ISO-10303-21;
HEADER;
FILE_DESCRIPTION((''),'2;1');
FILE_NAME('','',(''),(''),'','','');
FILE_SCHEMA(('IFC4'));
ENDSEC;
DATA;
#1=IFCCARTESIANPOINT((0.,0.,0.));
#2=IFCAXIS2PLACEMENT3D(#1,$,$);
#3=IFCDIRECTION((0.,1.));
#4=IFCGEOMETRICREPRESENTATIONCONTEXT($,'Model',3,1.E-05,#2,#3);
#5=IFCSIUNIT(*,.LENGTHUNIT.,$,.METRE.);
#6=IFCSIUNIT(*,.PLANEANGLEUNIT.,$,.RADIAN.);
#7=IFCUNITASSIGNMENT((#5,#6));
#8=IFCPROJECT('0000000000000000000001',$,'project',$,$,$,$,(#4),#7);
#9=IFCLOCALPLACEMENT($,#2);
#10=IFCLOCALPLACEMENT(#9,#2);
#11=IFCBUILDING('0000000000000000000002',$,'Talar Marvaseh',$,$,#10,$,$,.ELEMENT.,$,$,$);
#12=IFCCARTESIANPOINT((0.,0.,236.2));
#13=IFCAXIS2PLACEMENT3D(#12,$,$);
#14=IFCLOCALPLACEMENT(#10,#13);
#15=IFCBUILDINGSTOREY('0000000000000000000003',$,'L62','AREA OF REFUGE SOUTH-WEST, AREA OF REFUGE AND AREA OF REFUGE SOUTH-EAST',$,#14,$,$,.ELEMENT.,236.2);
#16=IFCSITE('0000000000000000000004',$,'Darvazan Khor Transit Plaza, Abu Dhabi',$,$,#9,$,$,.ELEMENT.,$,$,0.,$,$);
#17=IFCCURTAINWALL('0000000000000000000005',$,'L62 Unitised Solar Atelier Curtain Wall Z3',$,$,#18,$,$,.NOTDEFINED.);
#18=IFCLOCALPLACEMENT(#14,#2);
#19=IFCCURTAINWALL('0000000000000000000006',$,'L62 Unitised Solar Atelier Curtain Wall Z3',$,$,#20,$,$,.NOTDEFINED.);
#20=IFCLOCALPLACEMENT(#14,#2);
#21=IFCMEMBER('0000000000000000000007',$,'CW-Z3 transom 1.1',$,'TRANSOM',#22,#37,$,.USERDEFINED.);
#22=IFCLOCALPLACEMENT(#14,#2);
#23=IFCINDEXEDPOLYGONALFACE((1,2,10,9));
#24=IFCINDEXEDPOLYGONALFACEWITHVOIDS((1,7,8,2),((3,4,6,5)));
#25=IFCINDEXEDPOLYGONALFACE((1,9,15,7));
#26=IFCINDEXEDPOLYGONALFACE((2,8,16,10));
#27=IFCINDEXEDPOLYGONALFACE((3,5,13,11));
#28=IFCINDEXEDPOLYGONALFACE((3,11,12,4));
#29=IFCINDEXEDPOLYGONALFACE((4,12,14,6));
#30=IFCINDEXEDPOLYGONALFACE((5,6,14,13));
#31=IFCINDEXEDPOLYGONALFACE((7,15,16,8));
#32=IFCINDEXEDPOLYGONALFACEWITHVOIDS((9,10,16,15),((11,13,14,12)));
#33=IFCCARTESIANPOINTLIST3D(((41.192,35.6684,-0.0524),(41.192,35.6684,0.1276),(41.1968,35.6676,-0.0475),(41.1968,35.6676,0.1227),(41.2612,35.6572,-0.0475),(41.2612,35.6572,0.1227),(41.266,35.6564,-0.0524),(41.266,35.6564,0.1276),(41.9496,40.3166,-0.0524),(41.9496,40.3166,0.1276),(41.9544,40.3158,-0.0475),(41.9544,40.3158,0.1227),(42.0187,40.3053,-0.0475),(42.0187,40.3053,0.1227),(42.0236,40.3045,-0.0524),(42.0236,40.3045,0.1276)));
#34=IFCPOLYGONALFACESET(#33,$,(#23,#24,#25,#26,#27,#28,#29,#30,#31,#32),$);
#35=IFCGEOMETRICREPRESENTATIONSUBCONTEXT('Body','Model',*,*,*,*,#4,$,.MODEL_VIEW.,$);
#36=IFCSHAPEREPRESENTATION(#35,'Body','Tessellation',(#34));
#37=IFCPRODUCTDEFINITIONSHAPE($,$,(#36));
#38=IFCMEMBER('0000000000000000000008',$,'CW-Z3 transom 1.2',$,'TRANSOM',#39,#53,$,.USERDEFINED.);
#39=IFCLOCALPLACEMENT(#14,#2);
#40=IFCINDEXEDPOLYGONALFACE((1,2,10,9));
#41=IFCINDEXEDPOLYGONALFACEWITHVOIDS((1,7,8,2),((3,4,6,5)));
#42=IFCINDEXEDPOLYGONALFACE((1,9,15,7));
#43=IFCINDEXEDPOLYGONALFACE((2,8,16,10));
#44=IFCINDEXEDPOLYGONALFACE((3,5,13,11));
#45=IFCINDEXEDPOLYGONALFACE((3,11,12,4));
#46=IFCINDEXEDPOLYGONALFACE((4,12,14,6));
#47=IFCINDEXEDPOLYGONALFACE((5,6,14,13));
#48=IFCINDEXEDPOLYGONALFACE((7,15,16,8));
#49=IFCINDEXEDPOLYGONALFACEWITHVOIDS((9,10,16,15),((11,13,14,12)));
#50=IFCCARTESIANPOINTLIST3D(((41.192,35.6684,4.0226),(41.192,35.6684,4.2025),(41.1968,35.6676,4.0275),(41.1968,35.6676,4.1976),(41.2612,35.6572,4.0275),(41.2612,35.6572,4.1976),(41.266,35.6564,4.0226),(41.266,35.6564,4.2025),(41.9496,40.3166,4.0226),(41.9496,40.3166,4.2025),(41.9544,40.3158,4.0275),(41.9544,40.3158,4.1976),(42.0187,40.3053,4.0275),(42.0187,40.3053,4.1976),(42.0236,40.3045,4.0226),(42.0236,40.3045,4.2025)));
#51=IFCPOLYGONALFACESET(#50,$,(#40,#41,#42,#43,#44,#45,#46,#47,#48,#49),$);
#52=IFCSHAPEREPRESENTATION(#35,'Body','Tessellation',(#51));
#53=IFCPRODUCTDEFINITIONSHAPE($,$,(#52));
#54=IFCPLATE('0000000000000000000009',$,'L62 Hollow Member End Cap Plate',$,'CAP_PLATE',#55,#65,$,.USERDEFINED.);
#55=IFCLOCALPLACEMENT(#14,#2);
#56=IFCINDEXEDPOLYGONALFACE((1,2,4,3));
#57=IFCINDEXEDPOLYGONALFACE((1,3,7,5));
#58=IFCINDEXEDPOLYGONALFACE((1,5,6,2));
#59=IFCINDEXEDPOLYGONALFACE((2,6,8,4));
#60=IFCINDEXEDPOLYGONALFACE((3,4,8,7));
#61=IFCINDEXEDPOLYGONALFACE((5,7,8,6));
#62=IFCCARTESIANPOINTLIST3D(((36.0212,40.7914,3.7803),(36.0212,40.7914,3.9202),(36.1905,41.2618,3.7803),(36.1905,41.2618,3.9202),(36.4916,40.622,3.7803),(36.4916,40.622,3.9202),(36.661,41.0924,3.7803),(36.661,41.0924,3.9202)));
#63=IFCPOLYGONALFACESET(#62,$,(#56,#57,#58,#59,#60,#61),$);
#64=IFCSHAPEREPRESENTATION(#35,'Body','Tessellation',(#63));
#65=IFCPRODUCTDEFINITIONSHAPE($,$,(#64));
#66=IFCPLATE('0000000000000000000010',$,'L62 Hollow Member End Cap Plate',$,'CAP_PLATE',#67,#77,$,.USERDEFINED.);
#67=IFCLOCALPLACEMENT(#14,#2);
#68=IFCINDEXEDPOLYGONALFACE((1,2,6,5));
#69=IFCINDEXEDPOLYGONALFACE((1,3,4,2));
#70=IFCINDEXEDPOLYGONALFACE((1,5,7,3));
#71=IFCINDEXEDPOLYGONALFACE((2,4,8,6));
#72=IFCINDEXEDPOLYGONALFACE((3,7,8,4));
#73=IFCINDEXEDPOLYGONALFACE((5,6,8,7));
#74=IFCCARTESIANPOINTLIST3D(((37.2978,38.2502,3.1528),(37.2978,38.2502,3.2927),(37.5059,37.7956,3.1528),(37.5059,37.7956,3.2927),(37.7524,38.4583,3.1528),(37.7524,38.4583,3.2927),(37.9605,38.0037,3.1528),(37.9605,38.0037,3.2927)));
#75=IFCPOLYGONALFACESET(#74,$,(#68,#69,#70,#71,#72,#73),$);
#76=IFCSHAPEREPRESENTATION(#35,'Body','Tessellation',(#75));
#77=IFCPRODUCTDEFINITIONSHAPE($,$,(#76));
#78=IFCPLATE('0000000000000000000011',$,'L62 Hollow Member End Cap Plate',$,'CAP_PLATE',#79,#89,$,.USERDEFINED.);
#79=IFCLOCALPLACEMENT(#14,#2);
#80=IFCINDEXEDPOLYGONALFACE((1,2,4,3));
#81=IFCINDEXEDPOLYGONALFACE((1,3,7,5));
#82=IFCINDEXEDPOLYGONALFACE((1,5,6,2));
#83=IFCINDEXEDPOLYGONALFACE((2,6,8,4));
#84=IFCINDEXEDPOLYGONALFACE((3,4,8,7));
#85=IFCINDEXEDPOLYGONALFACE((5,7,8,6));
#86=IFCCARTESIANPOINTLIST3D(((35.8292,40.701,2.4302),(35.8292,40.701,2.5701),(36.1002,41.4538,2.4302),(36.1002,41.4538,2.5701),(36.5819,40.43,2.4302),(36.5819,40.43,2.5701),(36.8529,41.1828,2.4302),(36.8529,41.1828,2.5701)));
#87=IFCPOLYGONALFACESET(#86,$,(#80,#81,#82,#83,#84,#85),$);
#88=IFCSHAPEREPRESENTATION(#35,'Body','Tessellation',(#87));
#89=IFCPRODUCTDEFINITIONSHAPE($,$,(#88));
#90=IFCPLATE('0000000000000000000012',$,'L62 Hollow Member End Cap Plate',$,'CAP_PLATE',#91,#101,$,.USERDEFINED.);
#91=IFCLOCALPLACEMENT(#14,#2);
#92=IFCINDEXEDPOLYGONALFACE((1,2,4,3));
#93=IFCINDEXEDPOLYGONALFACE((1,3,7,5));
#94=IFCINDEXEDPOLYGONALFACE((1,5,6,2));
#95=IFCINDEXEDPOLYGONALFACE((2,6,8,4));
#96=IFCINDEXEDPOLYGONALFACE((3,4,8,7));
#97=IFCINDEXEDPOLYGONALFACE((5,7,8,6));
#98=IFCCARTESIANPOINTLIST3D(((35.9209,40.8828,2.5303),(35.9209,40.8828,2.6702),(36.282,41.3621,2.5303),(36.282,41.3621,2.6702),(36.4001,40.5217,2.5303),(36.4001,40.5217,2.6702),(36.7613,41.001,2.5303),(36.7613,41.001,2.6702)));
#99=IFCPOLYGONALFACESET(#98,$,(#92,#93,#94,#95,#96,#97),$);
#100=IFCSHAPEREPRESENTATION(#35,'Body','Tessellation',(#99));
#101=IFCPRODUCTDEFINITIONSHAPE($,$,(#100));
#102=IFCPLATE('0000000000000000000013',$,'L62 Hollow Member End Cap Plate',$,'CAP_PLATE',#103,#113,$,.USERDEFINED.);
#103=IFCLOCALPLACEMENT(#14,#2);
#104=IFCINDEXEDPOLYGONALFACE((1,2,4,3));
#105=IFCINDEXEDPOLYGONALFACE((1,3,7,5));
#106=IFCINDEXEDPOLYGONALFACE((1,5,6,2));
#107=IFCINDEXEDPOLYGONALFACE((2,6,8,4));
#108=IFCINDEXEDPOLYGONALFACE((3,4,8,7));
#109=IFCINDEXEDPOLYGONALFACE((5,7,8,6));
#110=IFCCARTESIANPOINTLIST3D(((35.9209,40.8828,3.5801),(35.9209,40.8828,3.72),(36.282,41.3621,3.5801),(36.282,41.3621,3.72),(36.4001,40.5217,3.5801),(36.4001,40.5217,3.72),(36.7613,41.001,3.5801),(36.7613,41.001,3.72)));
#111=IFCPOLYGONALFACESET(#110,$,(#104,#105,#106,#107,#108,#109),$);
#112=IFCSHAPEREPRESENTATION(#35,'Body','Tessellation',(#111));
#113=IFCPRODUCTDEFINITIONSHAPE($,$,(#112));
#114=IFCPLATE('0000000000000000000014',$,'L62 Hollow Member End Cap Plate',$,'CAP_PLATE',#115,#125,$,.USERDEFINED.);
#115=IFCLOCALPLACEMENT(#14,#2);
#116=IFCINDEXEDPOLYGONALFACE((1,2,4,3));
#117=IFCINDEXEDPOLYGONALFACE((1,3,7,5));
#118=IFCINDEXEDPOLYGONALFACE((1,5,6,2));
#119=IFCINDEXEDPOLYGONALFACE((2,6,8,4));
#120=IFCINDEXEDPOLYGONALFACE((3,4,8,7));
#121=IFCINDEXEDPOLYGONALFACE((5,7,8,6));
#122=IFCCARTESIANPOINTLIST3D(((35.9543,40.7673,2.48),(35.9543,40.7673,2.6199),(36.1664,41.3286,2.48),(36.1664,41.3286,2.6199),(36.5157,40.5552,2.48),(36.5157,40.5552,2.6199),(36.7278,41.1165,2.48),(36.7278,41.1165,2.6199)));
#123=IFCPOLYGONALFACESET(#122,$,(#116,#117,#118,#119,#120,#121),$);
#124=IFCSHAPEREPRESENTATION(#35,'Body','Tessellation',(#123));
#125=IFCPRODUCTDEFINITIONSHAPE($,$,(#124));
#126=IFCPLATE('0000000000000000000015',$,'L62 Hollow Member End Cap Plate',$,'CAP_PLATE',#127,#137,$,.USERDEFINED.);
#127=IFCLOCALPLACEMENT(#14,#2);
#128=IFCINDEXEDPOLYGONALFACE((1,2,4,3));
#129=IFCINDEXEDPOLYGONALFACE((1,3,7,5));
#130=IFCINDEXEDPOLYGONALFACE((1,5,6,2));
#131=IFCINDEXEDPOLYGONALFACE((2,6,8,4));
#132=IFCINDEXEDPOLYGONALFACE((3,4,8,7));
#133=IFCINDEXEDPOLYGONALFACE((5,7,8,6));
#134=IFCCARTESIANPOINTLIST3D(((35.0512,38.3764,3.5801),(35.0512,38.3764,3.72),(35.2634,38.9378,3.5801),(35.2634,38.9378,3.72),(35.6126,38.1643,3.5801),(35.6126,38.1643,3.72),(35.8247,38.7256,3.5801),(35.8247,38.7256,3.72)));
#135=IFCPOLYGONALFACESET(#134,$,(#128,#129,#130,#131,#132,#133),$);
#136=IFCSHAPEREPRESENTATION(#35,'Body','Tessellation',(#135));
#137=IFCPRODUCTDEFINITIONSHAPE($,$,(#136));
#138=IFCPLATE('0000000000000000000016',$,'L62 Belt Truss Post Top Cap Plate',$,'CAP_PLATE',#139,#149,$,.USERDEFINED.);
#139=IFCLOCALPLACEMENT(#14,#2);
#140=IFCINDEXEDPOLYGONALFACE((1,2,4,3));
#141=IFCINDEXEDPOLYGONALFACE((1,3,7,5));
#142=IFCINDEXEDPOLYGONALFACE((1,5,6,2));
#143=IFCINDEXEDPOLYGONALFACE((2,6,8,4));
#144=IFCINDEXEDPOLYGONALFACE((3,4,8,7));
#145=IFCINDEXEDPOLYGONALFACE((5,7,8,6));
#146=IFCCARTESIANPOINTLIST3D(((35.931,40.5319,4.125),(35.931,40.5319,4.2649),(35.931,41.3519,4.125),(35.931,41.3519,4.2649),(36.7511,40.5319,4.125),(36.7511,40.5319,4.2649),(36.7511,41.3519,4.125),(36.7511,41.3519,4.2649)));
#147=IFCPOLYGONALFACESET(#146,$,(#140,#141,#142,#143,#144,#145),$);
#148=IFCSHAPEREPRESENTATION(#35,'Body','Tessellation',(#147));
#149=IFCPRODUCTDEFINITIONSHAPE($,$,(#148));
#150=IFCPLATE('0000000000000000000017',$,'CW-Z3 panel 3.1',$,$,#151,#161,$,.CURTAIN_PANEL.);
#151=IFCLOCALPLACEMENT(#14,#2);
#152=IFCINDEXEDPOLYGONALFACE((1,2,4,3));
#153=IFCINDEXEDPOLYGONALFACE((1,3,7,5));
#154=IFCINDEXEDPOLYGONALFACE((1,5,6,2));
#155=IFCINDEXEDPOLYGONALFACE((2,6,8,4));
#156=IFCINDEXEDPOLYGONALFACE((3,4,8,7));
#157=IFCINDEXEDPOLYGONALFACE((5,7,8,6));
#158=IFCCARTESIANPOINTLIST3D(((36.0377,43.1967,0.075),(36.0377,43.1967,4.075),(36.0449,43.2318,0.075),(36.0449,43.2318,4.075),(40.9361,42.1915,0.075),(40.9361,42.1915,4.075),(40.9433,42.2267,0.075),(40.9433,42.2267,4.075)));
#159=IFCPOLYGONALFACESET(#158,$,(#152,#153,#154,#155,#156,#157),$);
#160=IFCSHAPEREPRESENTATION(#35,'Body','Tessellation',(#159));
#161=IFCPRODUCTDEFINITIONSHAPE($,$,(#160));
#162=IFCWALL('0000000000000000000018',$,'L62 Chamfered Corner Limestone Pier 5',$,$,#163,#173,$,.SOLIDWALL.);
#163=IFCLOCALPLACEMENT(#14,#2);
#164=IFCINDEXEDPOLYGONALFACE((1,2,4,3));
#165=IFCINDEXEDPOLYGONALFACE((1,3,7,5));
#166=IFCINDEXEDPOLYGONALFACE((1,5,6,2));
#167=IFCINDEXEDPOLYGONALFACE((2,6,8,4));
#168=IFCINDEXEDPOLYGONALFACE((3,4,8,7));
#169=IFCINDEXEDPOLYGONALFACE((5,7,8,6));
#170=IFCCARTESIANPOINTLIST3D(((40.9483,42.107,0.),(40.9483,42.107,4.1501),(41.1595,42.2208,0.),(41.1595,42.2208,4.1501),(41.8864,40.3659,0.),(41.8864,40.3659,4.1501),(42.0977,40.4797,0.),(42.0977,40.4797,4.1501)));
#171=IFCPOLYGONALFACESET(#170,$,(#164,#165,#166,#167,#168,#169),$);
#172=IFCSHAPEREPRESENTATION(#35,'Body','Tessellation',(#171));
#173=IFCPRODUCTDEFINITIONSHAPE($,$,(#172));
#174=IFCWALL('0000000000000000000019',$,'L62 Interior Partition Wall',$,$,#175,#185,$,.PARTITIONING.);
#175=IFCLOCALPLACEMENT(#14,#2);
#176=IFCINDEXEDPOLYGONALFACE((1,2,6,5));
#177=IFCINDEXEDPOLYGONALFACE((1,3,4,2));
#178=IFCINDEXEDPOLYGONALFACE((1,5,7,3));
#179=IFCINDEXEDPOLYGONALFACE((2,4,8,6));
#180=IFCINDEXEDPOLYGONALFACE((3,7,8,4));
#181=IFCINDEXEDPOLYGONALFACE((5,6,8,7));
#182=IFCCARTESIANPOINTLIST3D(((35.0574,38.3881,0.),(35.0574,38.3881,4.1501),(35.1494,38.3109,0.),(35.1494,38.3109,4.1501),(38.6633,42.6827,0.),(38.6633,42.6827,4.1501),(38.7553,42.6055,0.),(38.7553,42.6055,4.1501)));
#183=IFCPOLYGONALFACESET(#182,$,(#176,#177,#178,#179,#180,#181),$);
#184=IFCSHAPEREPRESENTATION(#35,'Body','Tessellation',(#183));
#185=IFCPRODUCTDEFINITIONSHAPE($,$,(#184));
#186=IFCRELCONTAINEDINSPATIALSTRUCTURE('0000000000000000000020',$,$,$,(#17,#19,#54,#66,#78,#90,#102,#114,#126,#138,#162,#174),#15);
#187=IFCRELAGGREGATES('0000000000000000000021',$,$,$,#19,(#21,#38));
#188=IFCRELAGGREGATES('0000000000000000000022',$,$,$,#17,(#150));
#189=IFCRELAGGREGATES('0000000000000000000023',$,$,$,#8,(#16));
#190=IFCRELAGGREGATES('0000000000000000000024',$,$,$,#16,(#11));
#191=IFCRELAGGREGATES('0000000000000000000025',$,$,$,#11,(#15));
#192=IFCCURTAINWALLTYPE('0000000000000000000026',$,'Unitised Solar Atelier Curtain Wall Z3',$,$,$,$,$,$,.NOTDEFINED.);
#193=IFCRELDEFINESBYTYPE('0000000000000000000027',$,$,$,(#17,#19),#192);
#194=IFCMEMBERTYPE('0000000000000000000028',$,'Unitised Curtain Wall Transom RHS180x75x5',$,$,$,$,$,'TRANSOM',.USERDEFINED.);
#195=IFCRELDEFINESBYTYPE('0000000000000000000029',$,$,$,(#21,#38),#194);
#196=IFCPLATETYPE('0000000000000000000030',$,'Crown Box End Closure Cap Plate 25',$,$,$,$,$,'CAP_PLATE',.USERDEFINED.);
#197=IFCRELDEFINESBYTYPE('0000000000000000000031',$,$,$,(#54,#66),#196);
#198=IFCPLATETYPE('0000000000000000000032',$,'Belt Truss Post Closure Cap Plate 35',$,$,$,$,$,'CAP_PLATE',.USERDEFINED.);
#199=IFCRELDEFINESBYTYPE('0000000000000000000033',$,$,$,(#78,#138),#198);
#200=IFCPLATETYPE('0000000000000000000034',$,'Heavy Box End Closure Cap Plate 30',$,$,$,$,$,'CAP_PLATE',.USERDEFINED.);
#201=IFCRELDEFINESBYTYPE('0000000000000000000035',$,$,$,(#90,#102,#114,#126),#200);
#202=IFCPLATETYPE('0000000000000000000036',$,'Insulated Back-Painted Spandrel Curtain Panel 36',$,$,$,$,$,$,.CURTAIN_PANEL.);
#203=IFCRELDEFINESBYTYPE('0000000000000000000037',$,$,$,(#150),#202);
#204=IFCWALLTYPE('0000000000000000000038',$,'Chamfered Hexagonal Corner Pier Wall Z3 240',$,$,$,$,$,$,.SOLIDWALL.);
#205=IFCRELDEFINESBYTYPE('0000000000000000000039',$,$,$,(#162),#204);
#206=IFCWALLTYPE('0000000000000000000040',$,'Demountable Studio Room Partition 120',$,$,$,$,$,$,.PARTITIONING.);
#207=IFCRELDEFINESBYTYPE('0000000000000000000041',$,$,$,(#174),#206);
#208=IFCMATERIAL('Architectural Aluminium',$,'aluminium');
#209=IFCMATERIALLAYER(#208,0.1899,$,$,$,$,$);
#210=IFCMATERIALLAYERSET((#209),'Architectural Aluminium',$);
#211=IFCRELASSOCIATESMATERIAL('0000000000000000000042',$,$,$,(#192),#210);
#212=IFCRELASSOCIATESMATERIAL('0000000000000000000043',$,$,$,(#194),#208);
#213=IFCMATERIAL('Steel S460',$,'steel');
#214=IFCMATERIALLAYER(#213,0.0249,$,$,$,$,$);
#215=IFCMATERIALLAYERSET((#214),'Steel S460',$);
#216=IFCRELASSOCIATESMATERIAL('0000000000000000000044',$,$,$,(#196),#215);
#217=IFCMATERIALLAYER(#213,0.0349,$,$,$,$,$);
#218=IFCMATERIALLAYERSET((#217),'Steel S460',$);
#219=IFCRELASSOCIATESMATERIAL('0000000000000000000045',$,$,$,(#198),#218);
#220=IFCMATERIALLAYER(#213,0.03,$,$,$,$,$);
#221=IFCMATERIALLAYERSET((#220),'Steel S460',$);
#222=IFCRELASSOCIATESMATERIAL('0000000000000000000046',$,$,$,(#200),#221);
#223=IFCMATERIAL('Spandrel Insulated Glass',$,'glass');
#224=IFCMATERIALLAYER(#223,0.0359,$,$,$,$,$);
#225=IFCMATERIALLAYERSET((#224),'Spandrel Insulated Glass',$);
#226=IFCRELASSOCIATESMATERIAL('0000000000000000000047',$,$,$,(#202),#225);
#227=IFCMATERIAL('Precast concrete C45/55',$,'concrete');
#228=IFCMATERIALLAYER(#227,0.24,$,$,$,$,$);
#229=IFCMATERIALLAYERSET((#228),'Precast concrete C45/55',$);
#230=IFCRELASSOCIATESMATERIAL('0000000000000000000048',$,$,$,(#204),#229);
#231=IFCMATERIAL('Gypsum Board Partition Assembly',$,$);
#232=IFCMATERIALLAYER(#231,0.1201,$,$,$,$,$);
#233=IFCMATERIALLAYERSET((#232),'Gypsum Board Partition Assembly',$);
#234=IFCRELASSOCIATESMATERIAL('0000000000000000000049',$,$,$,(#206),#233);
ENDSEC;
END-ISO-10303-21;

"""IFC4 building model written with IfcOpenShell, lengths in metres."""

from ifc_helpers import new_model, si_unit, direction, frame, frame_2d, origin, origin_2d, place, context, subcontext, project, spatial, rectangle, hollow_rectangle, extrude, source, transform, mapped, material, layer, layer_set, material_profile, profile_set, type_object, type_shapes, element, aggregate, save


model = new_model("IFC4")

# Units and contexts
model_context = context("Model", 3, precision=1e-05, world=origin(), true_north=direction((0.0, 1.0)))
body_context = subcontext(model_context, "Body", "Model", "MODEL_VIEW")
ifc_project = project(units=[si_unit("LENGTHUNIT", "METRE"), si_unit("PLANEANGLEUNIT", "RADIAN")], contexts=[model_context])

# Site, building, storey
site_placement = place(None, origin())
site = spatial("IfcSite", under=ifc_project, at=site_placement, Name="Darvazan Khor Transit Plaza, Abu Dhabi", CompositionType="ELEMENT", RefElevation=0.0)
building_placement = place(site_placement, origin())
building = spatial("IfcBuilding", under=site, at=building_placement, Name="Talar Marvaseh", CompositionType="ELEMENT")
storey_placement = place(building_placement, frame((0.0, 0.0, 236.2)))
storey = spatial("IfcBuildingStorey", under=building, at=storey_placement, Name="L62", Description="AREA OF REFUGE SOUTH-WEST, AREA OF REFUGE AND AREA OF REFUGE SOUTH-EAST", CompositionType="ELEMENT", Elevation=236.2)

# Shared definitions
ifc_material_1 = material(Name="Steel S460", Category="steel")

# Curtain wall
ifc_material_2 = material(Name="Architectural Aluminium", Category="aluminium")
ifc_layer_1 = layer(ifc_material_2, 0.1899)
ifc_layer_set_1 = layer_set([ifc_layer_1], Name="Architectural Aluminium")
curtain_wall_type = type_object("IfcCurtainWallType", Name="Unitised Solar Atelier Curtain Wall Z3", PredefinedType="NOTDEFINED", material=ifc_layer_set_1)
curtain_wall_1_placement = place(storey_placement, origin())
curtain_wall_1 = element("IfcCurtainWall", 1, at=curtain_wall_1_placement, inside=storey, type_object=curtain_wall_type, Name="L62 Unitised Solar Atelier Curtain Wall Z3", PredefinedType="NOTDEFINED")

# Curtain wall
curtain_wall_2_placement = place(storey_placement, origin())
curtain_wall_2 = element("IfcCurtainWall", 2, at=curtain_wall_2_placement, inside=storey, type_object=curtain_wall_type, Name="L62 Unitised Solar Atelier Curtain Wall Z3", PredefinedType="NOTDEFINED")

# Members
ifc_material_profile_1 = material_profile(ifc_material_2, hollow_rectangle(XDim=0.075, YDim=0.1799, WallThickness=0.0049, at=origin_2d()), Name="RHS180x75x5")
ifc_profile_set_1 = profile_set([ifc_material_profile_1], Name="Architectural Aluminium")
member_type_1 = type_object("IfcMemberType", Name="Unitised Curtain Wall Transom RHS180x75x5", ElementType="TRANSOM", PredefinedType="USERDEFINED", material=ifc_profile_set_1)
shared_shape_1 = source(origin(), body_context, "Body", "SweptSolid", [
    extrude(hollow_rectangle(XDim=0.075, YDim=0.1799, WallThickness=0.0049, at=origin_2d()), origin(), (0.0, 0.0, 1.0), 4.7095),
])
member_1_placement = place(storey_placement, frame((41.9866, 40.3105, 0.0376), z_axis=(-0.160859, -0.986977, 0.0), x_axis=(0.986977, -0.160859, 0.0)))
member_1 = element("IfcMember", 3, at=member_1_placement, type_object=member_type_1, Name="CW-Z3 transom 1.1", ObjectType="TRANSOM", PredefinedType="USERDEFINED", context=body_context, shape_type="MappedRepresentation", body=[
    mapped(shared_shape_1, transform((0.0, 0.0, 0.0), x_axis=(1.0, 0.0, 0.0), y_axis=(0.0, 1.0, 0.0), z_axis=(0.0, 0.0, 1.0), scale=1.0)),
])
member_2_placement = place(storey_placement, frame((41.9866, 40.3105, 4.1125), z_axis=(-0.160859, -0.986977, 0.0), x_axis=(0.986977, -0.160859, 0.0)))
member_2 = element("IfcMember", 4, at=member_2_placement, type_object=member_type_1, Name="CW-Z3 transom 1.2", ObjectType="TRANSOM", PredefinedType="USERDEFINED", context=body_context, shape_type="MappedRepresentation", body=[
    mapped(shared_shape_1, transform((0.0, 0.0, 0.0), x_axis=(1.0, 0.0, 0.0), y_axis=(0.0, 1.0, 0.0), z_axis=(0.0, 0.0, 1.0), scale=1.0)),
])
aggregate(curtain_wall_2, [member_1, member_2])

# Plates
ifc_layer_2 = layer(ifc_material_1, 0.0249)
ifc_layer_set_2 = layer_set([ifc_layer_2], Name="Steel S460")
plate_type_1 = type_object("IfcPlateType", Name="Crown Box End Closure Cap Plate 25", ElementType="CAP_PLATE", PredefinedType="USERDEFINED", material=ifc_layer_set_2)
shared_shape_2 = source(origin(), body_context, "Body", "SweptSolid", [
    extrude(rectangle(XDim=0.5, YDim=0.5, at=origin_2d()), origin(), (0.0, 0.0, 1.0), 0.1399),
])
type_shapes(plate_type_1, [shared_shape_2])
for number, where, z_axis, x_axis, name in (
    (5, (36.3411, 40.9419, 3.7803), (0.0, 0.0, 1.0), (0.940881, -0.338738, 0.0), "L62 Hollow Member End Cap Plate"),
    (6, (37.6292, 38.127, 3.1528), (0.0, 0.0, 1.0), (-0.416281, 0.909236, 0.0), "L62 Hollow Member End Cap Plate"),
):
    element("IfcPlate", number, at=place(storey_placement, frame(where, z_axis=z_axis, x_axis=x_axis)), inside=storey, type_object=plate_type_1, Name=name, ObjectType="CAP_PLATE", PredefinedType="USERDEFINED", context=body_context, shape_type="MappedRepresentation", body=[
        mapped(shared_shape_2, transform((0.0, 0.0, 0.0), x_axis=(1.0, 0.0, 0.0), y_axis=(0.0, 1.0, 0.0), z_axis=(0.0, 0.0, 1.0), scale=1.0)),
    ])
ifc_layer_3 = layer(ifc_material_1, 0.0349)
ifc_layer_set_3 = layer_set([ifc_layer_3], Name="Steel S460")
plate_type_2 = type_object("IfcPlateType", Name="Belt Truss Post Closure Cap Plate 35", ElementType="CAP_PLATE", PredefinedType="USERDEFINED", material=ifc_layer_set_3)
shared_shape_3 = source(origin(), body_context, "Body", "SweptSolid", [
    extrude(rectangle(XDim=0.8, YDim=0.8, at=origin_2d()), origin(), (0.0, 0.0, 1.0), 0.1399),
])
plate_1_placement = place(storey_placement, frame((36.3411, 40.9419, 2.4302), z_axis=(0.0, 0.0, 1.0), x_axis=(0.940881, -0.338738, 0.0)))
element("IfcPlate", 7, at=plate_1_placement, inside=storey, type_object=plate_type_2, Name="L62 Hollow Member End Cap Plate", ObjectType="CAP_PLATE", PredefinedType="USERDEFINED", context=body_context, shape_type="MappedRepresentation", body=[
    mapped(shared_shape_3, transform((0.0, 0.0, 0.0), x_axis=(1.0, 0.0, 0.0), y_axis=(0.0, 1.0, 0.0), z_axis=(0.0, 0.0, 1.0), scale=1.0)),
])
ifc_layer_4 = layer(ifc_material_1, 0.03)
ifc_layer_set_4 = layer_set([ifc_layer_4], Name="Steel S460")
plate_type_3 = type_object("IfcPlateType", Name="Heavy Box End Closure Cap Plate 30", ElementType="CAP_PLATE", PredefinedType="USERDEFINED", material=ifc_layer_set_4)
shared_shape_4 = source(origin(), body_context, "Body", "SweptSolid", [
    extrude(rectangle(XDim=0.6001, YDim=0.6001, at=origin_2d()), origin(), (0.0, 0.0, 1.0), 0.1399),
])
type_shapes(plate_type_3, [shared_shape_4])
for number, where, z_axis, x_axis, name in (
    (8, (36.3411, 40.9419, 2.5303), (0.0, 0.0, 1.0), (0.601815, 0.798636, 0.0), "L62 Hollow Member End Cap Plate"),
    (9, (36.3411, 40.9419, 3.5801), (0.0, 0.0, 1.0), (0.601815, 0.798636, 0.0), "L62 Hollow Member End Cap Plate"),
    (10, (36.3411, 40.9419, 2.48), (0.0, 0.0, 1.0), (-0.353475, -0.935444, 0.0), "L62 Hollow Member End Cap Plate"),
    (11, (35.438, 38.551, 3.5801), (0.0, 0.0, 1.0), (-0.353475, -0.935444, 0.0), "L62 Hollow Member End Cap Plate"),
):
    element("IfcPlate", number, at=place(storey_placement, frame(where, z_axis=z_axis, x_axis=x_axis)), inside=storey, type_object=plate_type_3, Name=name, ObjectType="CAP_PLATE", PredefinedType="USERDEFINED", context=body_context, shape_type="MappedRepresentation", body=[
        mapped(shared_shape_4, transform((0.0, 0.0, 0.0), x_axis=(1.0, 0.0, 0.0), y_axis=(0.0, 1.0, 0.0), z_axis=(0.0, 0.0, 1.0), scale=1.0)),
    ])
shared_shape_5 = source(origin(), body_context, "Body", "SweptSolid", [
    extrude(rectangle(XDim=0.8201, YDim=0.8201, at=origin_2d()), origin(), (0.0, 0.0, 1.0), 0.1399),
])
type_shapes(plate_type_2, [shared_shape_3, shared_shape_5])
plate_2_placement = place(storey_placement, frame((36.3411, 40.9419, 4.125), z_axis=(0.0, 0.0, 1.0), x_axis=(1.0, 0.0, 0.0)))
element("IfcPlate", 12, at=plate_2_placement, inside=storey, type_object=plate_type_2, Name="L62 Belt Truss Post Top Cap Plate", ObjectType="CAP_PLATE", PredefinedType="USERDEFINED", context=body_context, shape_type="MappedRepresentation", body=[
    mapped(shared_shape_5, transform((0.0, 0.0, 0.0), x_axis=(1.0, 0.0, 0.0), y_axis=(0.0, 1.0, 0.0), z_axis=(0.0, 0.0, 1.0), scale=1.0)),
])

# Plate
ifc_material_3 = material(Name="Spandrel Insulated Glass", Category="glass")
ifc_layer_5 = layer(ifc_material_3, 0.0359)
ifc_layer_set_5 = layer_set([ifc_layer_5], Name="Spandrel Insulated Glass")
plate_type_4 = type_object("IfcPlateType", Name="Insulated Back-Painted Spandrel Curtain Panel 36", PredefinedType="CURTAIN_PANEL", material=ifc_layer_set_5)
shared_shape_6 = source(origin(), body_context, "Body", "SweptSolid", [
    extrude(rectangle(XDim=5.0005, YDim=0.0359, at=origin_2d()), origin(), (0.0, 0.0, 1.0), 4.0),
])
type_shapes(plate_type_4, [shared_shape_6])
plate_3_placement = place(storey_placement, frame((38.4905, 42.7117, 0.075), z_axis=(0.0, 0.0, 1.0), x_axis=(0.979589, -0.201011, 0.0)))
plate_3 = element("IfcPlate", 13, at=plate_3_placement, type_object=plate_type_4, Name="CW-Z3 panel 3.1", PredefinedType="CURTAIN_PANEL", context=body_context, shape_type="MappedRepresentation", body=[
    mapped(shared_shape_6, transform((0.0, 0.0, 0.0), x_axis=(1.0, 0.0, 0.0), y_axis=(0.0, 1.0, 0.0), z_axis=(0.0, 0.0, 1.0), scale=1.0)),
])
aggregate(curtain_wall_1, [plate_3])

# Walls
ifc_material_4 = material(Name="Precast concrete C45/55", Category="concrete")
ifc_layer_6 = layer(ifc_material_4, 0.24)
ifc_layer_set_6 = layer_set([ifc_layer_6], Name="Precast concrete C45/55")
wall_type_1 = type_object("IfcWallType", Name="Chamfered Hexagonal Corner Pier Wall Z3 240", PredefinedType="SOLIDWALL", material=ifc_layer_set_6)
wall_1_placement = place(storey_placement, frame((41.054, 42.1638, 0.0), z_axis=(0.0, 0.0, 1.0), x_axis=(0.474357, -0.880332, 0.0)))
element("IfcWall", 14, at=wall_1_placement, inside=storey, type_object=wall_type_1, Name="L62 Chamfered Corner Limestone Pier 5", PredefinedType="SOLIDWALL", context=body_context, shape_type="SweptSolid", body=[
    extrude(rectangle(XDim=1.9778, YDim=0.24, at=frame_2d((0.9888, 0.0))), origin(), (0.0, 0.0, 1.0), 4.1501),
])
ifc_material_5 = material(Name="Gypsum Board Partition Assembly")
ifc_layer_7 = layer(ifc_material_5, 0.1201)
ifc_layer_set_7 = layer_set([ifc_layer_7], Name="Gypsum Board Partition Assembly")
wall_type_2 = type_object("IfcWallType", Name="Demountable Studio Room Partition 120", PredefinedType="PARTITIONING", material=ifc_layer_set_7)
wall_2_placement = place(storey_placement, frame((35.1035, 38.3496, 0.0), z_axis=(0.0, 0.0, 1.0), x_axis=(0.643028, 0.765843, 0.0)))
element("IfcWall", 15, at=wall_2_placement, inside=storey, type_object=wall_type_2, Name="L62 Interior Partition Wall", PredefinedType="PARTITIONING", context=body_context, shape_type="SweptSolid", body=[
    extrude(rectangle(XDim=5.6077, YDim=0.1201, at=frame_2d((2.8037, 0.0))), origin(), (0.0, 0.0, 1.0), 4.1501),
])

save(model, "model.ifc")
